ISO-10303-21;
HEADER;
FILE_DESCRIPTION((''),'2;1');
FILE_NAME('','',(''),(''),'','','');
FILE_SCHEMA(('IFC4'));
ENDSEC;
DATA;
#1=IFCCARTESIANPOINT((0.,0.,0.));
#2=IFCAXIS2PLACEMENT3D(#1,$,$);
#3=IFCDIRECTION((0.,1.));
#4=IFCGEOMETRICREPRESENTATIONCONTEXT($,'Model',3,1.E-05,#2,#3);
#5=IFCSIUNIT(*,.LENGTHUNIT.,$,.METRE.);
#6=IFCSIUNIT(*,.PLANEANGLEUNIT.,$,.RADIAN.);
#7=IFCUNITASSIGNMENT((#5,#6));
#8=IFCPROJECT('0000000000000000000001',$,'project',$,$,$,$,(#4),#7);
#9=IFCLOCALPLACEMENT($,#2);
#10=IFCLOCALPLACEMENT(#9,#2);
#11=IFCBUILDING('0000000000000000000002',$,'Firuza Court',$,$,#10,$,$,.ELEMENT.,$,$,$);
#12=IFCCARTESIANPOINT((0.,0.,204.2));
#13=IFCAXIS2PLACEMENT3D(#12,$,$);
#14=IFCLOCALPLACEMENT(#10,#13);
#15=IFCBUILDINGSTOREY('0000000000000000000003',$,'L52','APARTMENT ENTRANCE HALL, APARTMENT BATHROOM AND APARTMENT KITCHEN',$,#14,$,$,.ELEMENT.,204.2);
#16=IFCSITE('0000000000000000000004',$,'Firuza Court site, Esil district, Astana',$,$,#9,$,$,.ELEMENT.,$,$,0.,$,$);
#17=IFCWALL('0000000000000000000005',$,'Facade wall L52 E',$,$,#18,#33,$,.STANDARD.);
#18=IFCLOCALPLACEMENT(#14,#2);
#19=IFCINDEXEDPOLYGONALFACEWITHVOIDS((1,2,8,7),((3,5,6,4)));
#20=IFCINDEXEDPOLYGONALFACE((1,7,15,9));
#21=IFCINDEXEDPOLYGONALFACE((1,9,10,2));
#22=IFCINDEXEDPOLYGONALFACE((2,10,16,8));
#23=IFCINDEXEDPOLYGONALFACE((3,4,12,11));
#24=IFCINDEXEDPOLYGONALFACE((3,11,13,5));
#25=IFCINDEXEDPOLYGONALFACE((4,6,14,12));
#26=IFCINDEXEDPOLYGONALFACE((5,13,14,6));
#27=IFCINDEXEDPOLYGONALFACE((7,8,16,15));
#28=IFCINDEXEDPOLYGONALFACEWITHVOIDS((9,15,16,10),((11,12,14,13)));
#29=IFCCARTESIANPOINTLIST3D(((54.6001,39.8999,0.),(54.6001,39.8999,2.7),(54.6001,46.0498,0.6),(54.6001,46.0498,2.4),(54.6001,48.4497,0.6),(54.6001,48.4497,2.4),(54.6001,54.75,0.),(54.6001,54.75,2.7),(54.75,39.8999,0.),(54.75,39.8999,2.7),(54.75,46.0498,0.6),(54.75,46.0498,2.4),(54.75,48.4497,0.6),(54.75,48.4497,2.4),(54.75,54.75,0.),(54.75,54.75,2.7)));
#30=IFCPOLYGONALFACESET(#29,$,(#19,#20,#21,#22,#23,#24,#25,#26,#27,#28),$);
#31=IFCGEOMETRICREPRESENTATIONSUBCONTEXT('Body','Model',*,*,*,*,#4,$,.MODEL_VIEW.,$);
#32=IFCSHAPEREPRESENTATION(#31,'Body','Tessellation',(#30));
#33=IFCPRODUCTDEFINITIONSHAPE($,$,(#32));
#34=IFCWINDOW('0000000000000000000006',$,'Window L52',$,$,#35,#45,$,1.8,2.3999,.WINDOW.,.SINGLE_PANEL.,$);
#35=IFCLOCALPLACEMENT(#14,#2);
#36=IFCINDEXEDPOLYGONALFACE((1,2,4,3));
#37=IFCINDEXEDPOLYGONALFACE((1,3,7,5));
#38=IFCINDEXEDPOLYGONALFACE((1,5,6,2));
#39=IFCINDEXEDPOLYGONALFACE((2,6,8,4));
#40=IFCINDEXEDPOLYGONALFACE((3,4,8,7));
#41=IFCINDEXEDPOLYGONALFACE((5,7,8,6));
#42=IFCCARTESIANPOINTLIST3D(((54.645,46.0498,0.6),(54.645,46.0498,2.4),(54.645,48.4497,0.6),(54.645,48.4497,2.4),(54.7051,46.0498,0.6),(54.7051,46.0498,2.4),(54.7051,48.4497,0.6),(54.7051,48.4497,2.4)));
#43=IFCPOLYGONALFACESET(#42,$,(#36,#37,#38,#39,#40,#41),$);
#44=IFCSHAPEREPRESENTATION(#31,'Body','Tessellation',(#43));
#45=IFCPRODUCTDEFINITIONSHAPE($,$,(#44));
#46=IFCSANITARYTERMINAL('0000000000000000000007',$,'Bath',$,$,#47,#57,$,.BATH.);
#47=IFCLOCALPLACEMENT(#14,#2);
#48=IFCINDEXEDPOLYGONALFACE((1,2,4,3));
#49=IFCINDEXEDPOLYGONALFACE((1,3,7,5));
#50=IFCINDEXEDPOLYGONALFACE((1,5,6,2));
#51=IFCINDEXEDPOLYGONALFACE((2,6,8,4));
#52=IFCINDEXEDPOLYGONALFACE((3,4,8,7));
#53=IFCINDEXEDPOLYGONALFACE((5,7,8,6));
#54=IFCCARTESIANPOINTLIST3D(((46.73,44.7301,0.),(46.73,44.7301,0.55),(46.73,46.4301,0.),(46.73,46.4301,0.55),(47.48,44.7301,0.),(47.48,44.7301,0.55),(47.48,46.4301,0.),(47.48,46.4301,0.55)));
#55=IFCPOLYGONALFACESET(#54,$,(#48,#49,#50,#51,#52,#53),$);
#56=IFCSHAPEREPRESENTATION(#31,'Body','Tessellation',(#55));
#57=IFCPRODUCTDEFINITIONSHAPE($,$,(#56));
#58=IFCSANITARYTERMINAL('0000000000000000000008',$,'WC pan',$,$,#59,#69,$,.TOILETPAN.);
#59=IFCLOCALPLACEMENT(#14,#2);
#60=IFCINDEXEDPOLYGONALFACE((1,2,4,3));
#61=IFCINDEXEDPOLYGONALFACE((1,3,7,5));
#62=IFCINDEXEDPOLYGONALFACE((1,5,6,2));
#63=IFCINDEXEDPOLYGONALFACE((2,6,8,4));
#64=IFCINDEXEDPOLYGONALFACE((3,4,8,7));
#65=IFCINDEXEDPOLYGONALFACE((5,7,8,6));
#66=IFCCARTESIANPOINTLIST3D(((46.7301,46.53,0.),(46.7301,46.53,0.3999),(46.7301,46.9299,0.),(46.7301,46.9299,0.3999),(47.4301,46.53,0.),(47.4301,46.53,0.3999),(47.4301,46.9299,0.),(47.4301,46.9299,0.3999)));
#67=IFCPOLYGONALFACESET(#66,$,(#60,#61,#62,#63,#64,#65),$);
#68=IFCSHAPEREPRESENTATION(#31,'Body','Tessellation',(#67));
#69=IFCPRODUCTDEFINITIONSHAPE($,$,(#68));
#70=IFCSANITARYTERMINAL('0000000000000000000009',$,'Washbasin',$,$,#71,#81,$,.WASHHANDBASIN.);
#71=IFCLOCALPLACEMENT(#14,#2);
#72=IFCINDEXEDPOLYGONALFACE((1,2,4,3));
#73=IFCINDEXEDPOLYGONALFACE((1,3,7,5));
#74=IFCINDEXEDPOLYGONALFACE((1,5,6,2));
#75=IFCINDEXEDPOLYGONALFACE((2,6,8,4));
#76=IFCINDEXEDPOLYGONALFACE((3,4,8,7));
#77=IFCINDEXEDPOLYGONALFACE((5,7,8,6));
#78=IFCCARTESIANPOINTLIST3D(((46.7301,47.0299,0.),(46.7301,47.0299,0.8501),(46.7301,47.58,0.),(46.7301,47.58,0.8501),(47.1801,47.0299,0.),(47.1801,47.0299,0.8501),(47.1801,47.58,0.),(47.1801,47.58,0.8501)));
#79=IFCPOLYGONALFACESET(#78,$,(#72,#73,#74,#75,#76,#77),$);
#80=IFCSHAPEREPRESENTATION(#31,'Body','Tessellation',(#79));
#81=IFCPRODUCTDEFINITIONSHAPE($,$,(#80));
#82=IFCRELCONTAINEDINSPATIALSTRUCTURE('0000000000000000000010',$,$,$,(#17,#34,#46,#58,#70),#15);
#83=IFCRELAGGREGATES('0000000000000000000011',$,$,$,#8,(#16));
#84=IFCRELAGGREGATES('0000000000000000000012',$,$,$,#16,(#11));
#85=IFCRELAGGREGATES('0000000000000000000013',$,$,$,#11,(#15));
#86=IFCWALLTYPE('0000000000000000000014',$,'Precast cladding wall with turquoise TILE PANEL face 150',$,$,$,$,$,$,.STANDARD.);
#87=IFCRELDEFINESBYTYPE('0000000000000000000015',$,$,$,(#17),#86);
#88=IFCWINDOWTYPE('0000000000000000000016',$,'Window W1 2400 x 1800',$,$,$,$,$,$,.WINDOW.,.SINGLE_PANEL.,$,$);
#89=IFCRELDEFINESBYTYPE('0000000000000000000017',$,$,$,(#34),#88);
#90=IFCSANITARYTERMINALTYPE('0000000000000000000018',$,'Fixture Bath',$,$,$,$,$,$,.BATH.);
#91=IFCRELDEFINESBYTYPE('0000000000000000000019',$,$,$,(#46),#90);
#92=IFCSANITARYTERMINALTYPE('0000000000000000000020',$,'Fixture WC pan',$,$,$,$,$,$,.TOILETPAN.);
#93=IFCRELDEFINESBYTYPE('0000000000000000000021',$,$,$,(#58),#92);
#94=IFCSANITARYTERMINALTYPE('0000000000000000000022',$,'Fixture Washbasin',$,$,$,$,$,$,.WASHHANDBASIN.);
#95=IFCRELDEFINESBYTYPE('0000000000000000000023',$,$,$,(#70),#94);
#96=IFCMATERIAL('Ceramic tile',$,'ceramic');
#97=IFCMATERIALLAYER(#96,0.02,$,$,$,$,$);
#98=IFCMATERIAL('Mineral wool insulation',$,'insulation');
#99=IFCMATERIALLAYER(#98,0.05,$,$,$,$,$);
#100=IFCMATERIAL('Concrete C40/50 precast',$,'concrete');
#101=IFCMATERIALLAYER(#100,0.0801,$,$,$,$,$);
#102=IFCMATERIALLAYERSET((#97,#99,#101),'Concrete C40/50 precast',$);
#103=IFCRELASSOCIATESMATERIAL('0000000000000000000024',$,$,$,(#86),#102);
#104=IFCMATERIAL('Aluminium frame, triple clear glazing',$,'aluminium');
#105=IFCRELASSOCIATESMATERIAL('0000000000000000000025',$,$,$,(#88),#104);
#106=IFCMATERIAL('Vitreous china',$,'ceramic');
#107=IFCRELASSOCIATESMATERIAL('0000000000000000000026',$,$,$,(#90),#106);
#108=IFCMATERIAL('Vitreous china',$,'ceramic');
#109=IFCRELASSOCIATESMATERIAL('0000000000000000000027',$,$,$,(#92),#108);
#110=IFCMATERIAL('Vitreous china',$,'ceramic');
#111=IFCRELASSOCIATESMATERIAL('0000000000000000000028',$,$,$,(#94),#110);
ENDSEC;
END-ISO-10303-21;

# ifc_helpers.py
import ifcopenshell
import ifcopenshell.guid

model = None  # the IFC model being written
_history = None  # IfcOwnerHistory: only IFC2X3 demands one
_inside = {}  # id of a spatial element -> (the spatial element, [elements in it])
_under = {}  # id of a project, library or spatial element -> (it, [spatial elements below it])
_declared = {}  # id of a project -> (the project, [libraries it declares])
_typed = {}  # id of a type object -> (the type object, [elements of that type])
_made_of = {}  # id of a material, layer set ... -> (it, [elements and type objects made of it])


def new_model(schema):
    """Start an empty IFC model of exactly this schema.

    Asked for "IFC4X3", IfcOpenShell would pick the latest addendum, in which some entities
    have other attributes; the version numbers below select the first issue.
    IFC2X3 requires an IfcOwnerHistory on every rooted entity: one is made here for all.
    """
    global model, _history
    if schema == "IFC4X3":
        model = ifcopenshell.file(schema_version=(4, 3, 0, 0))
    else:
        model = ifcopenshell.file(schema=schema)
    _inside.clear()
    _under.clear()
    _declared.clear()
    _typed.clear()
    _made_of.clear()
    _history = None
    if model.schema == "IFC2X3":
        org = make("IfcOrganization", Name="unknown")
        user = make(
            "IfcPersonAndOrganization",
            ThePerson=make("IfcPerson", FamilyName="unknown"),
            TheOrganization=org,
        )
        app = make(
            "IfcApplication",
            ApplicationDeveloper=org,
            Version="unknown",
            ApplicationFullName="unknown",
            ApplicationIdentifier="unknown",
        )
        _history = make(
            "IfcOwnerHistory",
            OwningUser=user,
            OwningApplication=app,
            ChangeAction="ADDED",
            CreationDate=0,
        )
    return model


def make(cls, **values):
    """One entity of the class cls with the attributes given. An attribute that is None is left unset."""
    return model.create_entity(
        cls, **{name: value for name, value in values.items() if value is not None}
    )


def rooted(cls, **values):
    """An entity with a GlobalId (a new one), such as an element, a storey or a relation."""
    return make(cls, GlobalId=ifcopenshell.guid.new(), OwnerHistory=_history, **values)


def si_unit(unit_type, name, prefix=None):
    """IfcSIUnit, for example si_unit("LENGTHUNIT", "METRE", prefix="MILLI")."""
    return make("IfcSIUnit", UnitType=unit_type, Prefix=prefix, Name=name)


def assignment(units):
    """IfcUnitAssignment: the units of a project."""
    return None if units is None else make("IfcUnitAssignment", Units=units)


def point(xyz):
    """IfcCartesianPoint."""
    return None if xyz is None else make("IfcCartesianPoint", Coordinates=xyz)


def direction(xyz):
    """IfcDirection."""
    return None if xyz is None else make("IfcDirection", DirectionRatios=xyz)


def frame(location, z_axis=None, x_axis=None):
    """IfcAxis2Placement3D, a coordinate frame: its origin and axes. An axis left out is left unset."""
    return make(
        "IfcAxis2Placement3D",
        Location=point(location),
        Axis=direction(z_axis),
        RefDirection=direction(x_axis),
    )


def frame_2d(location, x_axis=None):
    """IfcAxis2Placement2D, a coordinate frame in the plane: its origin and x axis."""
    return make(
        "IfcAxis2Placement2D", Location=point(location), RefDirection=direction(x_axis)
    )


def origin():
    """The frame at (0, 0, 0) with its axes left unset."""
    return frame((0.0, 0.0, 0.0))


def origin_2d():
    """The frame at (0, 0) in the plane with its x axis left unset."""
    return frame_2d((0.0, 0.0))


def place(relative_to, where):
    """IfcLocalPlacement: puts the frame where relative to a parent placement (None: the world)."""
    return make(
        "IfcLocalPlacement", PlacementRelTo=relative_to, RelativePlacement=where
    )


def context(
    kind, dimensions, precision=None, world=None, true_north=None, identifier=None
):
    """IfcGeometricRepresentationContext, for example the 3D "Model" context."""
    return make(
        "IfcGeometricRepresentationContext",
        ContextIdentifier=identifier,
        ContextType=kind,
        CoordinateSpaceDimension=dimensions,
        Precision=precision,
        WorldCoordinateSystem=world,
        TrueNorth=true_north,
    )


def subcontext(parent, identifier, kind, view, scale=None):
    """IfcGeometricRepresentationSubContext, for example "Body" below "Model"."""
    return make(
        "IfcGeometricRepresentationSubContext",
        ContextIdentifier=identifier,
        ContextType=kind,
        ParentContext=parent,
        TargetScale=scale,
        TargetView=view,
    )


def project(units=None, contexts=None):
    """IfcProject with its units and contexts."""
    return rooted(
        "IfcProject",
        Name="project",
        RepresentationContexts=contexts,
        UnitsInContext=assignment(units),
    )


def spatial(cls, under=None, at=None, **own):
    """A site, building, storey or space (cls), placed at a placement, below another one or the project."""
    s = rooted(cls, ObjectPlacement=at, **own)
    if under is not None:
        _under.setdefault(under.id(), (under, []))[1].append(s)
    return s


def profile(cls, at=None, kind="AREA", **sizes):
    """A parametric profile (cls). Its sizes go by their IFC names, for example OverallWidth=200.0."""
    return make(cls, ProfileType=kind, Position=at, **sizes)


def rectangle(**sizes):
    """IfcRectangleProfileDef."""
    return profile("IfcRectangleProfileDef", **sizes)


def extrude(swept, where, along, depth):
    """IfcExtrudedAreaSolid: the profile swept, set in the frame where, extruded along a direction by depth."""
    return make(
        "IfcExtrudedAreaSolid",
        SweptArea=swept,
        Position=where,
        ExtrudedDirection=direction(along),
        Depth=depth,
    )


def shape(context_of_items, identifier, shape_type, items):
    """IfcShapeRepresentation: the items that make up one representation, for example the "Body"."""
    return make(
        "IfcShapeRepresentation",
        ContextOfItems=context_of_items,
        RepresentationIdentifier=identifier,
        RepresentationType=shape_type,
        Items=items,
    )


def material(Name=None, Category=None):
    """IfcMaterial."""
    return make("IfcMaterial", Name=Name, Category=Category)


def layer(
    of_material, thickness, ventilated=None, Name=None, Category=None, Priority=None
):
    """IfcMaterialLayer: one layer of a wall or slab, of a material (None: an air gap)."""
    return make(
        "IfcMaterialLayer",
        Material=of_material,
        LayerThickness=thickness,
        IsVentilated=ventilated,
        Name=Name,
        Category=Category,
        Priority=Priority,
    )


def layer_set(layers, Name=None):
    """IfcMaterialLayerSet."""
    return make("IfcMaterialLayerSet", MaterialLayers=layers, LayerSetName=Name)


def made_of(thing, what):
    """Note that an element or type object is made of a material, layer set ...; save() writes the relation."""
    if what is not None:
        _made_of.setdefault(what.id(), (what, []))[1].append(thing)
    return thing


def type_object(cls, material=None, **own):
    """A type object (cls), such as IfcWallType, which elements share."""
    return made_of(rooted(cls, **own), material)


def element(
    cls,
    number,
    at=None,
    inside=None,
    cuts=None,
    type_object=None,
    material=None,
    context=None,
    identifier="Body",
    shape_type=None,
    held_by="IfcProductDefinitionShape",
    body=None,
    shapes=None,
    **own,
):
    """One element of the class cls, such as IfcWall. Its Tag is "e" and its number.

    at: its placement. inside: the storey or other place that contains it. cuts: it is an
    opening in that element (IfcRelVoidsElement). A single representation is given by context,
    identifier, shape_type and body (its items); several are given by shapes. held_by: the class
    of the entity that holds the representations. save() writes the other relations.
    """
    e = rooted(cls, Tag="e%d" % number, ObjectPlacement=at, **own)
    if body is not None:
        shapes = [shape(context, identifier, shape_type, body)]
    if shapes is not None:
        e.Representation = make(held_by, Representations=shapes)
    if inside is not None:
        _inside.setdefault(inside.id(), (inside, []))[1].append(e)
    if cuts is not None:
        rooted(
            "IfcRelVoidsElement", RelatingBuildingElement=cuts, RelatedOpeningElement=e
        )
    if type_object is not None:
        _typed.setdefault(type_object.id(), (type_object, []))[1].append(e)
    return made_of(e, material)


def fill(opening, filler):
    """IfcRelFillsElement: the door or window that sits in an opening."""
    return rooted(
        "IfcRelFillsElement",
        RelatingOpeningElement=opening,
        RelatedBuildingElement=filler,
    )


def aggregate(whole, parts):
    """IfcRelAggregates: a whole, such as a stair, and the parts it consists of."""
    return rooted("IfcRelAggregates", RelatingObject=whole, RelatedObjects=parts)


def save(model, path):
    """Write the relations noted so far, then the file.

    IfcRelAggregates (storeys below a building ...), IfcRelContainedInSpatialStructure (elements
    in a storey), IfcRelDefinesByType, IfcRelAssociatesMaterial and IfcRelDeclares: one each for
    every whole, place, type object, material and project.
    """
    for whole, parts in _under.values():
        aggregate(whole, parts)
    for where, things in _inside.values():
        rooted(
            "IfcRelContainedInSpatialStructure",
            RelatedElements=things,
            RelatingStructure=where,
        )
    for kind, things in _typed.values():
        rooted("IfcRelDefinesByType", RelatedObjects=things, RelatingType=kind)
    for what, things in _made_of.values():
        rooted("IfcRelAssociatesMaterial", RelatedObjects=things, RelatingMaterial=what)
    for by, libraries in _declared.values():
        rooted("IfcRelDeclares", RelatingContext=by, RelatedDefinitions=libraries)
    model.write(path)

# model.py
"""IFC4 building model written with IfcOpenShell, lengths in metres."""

from ifc_helpers import new_model, si_unit, direction, frame, frame_2d, origin, origin_2d, place, context, subcontext, project, spatial, rectangle, extrude, material, layer, layer_set, type_object, element, fill, save


model = new_model("IFC4")

# Units and contexts
model_context = context("Model", 3, precision=1e-05, world=origin(), true_north=direction((0.0, 1.0)))
body_context = subcontext(model_context, "Body", "Model", "MODEL_VIEW")
ifc_project = project(units=[si_unit("LENGTHUNIT", "METRE"), si_unit("PLANEANGLEUNIT", "RADIAN")], contexts=[model_context])

# Site, building, storey
site_placement = place(None, origin())
site = spatial("IfcSite", under=ifc_project, at=site_placement, Name="Firuza Court site, Esil district, Astana", CompositionType="ELEMENT", RefElevation=0.0)
building_placement = place(site_placement, origin())
building = spatial("IfcBuilding", under=site, at=building_placement, Name="Firuza Court", CompositionType="ELEMENT")
storey_placement = place(building_placement, frame((0.0, 0.0, 204.2)))
storey = spatial("IfcBuildingStorey", under=building, at=storey_placement, Name="L52", Description="APARTMENT ENTRANCE HALL, APARTMENT BATHROOM AND APARTMENT KITCHEN", CompositionType="ELEMENT", Elevation=204.2)

# Shared definitions
ifc_material_1 = material(Name="Ceramic tile", Category="ceramic")
ifc_layer_1 = layer(ifc_material_1, 0.02)
ifc_material_2 = material(Name="Mineral wool insulation", Category="insulation")
ifc_layer_2 = layer(ifc_material_2, 0.05)
ifc_material_3 = material(Name="Concrete C40/50 precast", Category="concrete")
ifc_layer_3 = layer(ifc_material_3, 0.0801)
ifc_layer_set_1 = layer_set([ifc_layer_1, ifc_layer_2, ifc_layer_3], Name="Concrete C40/50 precast")
wall_type_1 = type_object("IfcWallType", Name="Precast cladding wall with turquoise TILE PANEL face 150", PredefinedType="STANDARD", material=ifc_layer_set_1)

# Wall, opening, window
wall_1_placement = place(storey_placement, frame((54.675, 39.8999, 0.0), z_axis=(0.0, 0.0, 1.0), x_axis=(0.0, 1.0, 0.0)))
wall_1 = element("IfcWall", 1, at=wall_1_placement, inside=storey, type_object=wall_type_1, Name="Facade wall L52 E", PredefinedType="STANDARD", context=body_context, shape_type="SweptSolid", body=[
    extrude(rectangle(XDim=14.8501, YDim=0.1499, at=frame_2d((7.425, 0.0))), origin(), (0.0, 0.0, 1.0), 2.7),
])
opening_1_placement = place(wall_1_placement, frame((6.1499, 0.0, 0.6001)))
opening_1 = element("IfcOpeningElement", 2, at=opening_1_placement, cuts=wall_1, PredefinedType="OPENING", context=body_context, shape_type="SweptSolid", body=[
    extrude(rectangle(XDim=2.3999, YDim=1.8, at=frame_2d((1.2, 0.8999))), frame((0.0, 0.0869, 0.0), z_axis=(0.0, -1.0, 0.0), x_axis=(1.0, 0.0, 0.0)), (0.0, 0.0, 1.0), 0.1738),
])
ifc_material_4 = material(Name="Aluminium frame, triple clear glazing", Category="aluminium")
window_type = type_object("IfcWindowType", Name="Window W1 2400 x 1800", PartitioningType="SINGLE_PANEL", PredefinedType="WINDOW", material=ifc_material_4)
window_placement = place(opening_1_placement, origin())
window = element("IfcWindow", 3, at=window_placement, inside=storey, type_object=window_type, Name="Window L52", OverallHeight=1.8, OverallWidth=2.3999, PartitioningType="SINGLE_PANEL", PredefinedType="WINDOW", context=body_context, shape_type="SweptSolid", body=[
    extrude(rectangle(XDim=2.3999, YDim=1.8, at=frame_2d((1.2, 0.8999))), frame((0.0, 0.03, 0.0), z_axis=(0.0, -1.0, 0.0), x_axis=(1.0, 0.0, 0.0)), (0.0, 0.0, 1.0), 0.0601),
])
fill(opening_1, window)

# Sanitary terminals
ifc_material_5 = material(Name="Vitreous china", Category="ceramic")
sanitary_terminal_type_1 = type_object("IfcSanitaryTerminalType", Name="Fixture Bath", PredefinedType="BATH", material=ifc_material_5)
sanitary_terminal_1_placement = place(storey_placement, frame((47.105, 45.5801, 0.0), z_axis=(0.0, 0.0, 1.0), x_axis=(1.0, 0.0, 0.0)))
element("IfcSanitaryTerminal", 4, at=sanitary_terminal_1_placement, inside=storey, type_object=sanitary_terminal_type_1, Name="Bath", PredefinedType="BATH", context=body_context, shape_type="SweptSolid", body=[
    extrude(rectangle(XDim=0.75, YDim=1.7, at=origin_2d()), origin(), (0.0, 0.0, 1.0), 0.55),
])
ifc_material_6 = material(Name="Vitreous china", Category="ceramic")
sanitary_terminal_type_2 = type_object("IfcSanitaryTerminalType", Name="Fixture WC pan", PredefinedType="TOILETPAN", material=ifc_material_6)
sanitary_terminal_2_placement = place(storey_placement, frame((47.0801, 46.73, 0.0), z_axis=(0.0, 0.0, 1.0), x_axis=(1.0, 0.0, 0.0)))
element("IfcSanitaryTerminal", 5, at=sanitary_terminal_2_placement, inside=storey, type_object=sanitary_terminal_type_2, Name="WC pan", PredefinedType="TOILETPAN", context=body_context, shape_type="SweptSolid", body=[
    extrude(rectangle(XDim=0.7, YDim=0.3999, at=origin_2d()), origin(), (0.0, 0.0, 1.0), 0.3999),
])
ifc_material_7 = material(Name="Vitreous china", Category="ceramic")
sanitary_terminal_type_3 = type_object("IfcSanitaryTerminalType", Name="Fixture Washbasin", PredefinedType="WASHHANDBASIN", material=ifc_material_7)
sanitary_terminal_3_placement = place(storey_placement, frame((46.9551, 47.3049, 0.0), z_axis=(0.0, 0.0, 1.0), x_axis=(1.0, 0.0, 0.0)))
element("IfcSanitaryTerminal", 6, at=sanitary_terminal_3_placement, inside=storey, type_object=sanitary_terminal_type_3, Name="Washbasin", PredefinedType="WASHHANDBASIN", context=body_context, shape_type="SweptSolid", body=[
    extrude(rectangle(XDim=0.45, YDim=0.55, at=origin_2d()), origin(), (0.0, 0.0, 1.0), 0.8501),
])

save(model, "model.ifc")
